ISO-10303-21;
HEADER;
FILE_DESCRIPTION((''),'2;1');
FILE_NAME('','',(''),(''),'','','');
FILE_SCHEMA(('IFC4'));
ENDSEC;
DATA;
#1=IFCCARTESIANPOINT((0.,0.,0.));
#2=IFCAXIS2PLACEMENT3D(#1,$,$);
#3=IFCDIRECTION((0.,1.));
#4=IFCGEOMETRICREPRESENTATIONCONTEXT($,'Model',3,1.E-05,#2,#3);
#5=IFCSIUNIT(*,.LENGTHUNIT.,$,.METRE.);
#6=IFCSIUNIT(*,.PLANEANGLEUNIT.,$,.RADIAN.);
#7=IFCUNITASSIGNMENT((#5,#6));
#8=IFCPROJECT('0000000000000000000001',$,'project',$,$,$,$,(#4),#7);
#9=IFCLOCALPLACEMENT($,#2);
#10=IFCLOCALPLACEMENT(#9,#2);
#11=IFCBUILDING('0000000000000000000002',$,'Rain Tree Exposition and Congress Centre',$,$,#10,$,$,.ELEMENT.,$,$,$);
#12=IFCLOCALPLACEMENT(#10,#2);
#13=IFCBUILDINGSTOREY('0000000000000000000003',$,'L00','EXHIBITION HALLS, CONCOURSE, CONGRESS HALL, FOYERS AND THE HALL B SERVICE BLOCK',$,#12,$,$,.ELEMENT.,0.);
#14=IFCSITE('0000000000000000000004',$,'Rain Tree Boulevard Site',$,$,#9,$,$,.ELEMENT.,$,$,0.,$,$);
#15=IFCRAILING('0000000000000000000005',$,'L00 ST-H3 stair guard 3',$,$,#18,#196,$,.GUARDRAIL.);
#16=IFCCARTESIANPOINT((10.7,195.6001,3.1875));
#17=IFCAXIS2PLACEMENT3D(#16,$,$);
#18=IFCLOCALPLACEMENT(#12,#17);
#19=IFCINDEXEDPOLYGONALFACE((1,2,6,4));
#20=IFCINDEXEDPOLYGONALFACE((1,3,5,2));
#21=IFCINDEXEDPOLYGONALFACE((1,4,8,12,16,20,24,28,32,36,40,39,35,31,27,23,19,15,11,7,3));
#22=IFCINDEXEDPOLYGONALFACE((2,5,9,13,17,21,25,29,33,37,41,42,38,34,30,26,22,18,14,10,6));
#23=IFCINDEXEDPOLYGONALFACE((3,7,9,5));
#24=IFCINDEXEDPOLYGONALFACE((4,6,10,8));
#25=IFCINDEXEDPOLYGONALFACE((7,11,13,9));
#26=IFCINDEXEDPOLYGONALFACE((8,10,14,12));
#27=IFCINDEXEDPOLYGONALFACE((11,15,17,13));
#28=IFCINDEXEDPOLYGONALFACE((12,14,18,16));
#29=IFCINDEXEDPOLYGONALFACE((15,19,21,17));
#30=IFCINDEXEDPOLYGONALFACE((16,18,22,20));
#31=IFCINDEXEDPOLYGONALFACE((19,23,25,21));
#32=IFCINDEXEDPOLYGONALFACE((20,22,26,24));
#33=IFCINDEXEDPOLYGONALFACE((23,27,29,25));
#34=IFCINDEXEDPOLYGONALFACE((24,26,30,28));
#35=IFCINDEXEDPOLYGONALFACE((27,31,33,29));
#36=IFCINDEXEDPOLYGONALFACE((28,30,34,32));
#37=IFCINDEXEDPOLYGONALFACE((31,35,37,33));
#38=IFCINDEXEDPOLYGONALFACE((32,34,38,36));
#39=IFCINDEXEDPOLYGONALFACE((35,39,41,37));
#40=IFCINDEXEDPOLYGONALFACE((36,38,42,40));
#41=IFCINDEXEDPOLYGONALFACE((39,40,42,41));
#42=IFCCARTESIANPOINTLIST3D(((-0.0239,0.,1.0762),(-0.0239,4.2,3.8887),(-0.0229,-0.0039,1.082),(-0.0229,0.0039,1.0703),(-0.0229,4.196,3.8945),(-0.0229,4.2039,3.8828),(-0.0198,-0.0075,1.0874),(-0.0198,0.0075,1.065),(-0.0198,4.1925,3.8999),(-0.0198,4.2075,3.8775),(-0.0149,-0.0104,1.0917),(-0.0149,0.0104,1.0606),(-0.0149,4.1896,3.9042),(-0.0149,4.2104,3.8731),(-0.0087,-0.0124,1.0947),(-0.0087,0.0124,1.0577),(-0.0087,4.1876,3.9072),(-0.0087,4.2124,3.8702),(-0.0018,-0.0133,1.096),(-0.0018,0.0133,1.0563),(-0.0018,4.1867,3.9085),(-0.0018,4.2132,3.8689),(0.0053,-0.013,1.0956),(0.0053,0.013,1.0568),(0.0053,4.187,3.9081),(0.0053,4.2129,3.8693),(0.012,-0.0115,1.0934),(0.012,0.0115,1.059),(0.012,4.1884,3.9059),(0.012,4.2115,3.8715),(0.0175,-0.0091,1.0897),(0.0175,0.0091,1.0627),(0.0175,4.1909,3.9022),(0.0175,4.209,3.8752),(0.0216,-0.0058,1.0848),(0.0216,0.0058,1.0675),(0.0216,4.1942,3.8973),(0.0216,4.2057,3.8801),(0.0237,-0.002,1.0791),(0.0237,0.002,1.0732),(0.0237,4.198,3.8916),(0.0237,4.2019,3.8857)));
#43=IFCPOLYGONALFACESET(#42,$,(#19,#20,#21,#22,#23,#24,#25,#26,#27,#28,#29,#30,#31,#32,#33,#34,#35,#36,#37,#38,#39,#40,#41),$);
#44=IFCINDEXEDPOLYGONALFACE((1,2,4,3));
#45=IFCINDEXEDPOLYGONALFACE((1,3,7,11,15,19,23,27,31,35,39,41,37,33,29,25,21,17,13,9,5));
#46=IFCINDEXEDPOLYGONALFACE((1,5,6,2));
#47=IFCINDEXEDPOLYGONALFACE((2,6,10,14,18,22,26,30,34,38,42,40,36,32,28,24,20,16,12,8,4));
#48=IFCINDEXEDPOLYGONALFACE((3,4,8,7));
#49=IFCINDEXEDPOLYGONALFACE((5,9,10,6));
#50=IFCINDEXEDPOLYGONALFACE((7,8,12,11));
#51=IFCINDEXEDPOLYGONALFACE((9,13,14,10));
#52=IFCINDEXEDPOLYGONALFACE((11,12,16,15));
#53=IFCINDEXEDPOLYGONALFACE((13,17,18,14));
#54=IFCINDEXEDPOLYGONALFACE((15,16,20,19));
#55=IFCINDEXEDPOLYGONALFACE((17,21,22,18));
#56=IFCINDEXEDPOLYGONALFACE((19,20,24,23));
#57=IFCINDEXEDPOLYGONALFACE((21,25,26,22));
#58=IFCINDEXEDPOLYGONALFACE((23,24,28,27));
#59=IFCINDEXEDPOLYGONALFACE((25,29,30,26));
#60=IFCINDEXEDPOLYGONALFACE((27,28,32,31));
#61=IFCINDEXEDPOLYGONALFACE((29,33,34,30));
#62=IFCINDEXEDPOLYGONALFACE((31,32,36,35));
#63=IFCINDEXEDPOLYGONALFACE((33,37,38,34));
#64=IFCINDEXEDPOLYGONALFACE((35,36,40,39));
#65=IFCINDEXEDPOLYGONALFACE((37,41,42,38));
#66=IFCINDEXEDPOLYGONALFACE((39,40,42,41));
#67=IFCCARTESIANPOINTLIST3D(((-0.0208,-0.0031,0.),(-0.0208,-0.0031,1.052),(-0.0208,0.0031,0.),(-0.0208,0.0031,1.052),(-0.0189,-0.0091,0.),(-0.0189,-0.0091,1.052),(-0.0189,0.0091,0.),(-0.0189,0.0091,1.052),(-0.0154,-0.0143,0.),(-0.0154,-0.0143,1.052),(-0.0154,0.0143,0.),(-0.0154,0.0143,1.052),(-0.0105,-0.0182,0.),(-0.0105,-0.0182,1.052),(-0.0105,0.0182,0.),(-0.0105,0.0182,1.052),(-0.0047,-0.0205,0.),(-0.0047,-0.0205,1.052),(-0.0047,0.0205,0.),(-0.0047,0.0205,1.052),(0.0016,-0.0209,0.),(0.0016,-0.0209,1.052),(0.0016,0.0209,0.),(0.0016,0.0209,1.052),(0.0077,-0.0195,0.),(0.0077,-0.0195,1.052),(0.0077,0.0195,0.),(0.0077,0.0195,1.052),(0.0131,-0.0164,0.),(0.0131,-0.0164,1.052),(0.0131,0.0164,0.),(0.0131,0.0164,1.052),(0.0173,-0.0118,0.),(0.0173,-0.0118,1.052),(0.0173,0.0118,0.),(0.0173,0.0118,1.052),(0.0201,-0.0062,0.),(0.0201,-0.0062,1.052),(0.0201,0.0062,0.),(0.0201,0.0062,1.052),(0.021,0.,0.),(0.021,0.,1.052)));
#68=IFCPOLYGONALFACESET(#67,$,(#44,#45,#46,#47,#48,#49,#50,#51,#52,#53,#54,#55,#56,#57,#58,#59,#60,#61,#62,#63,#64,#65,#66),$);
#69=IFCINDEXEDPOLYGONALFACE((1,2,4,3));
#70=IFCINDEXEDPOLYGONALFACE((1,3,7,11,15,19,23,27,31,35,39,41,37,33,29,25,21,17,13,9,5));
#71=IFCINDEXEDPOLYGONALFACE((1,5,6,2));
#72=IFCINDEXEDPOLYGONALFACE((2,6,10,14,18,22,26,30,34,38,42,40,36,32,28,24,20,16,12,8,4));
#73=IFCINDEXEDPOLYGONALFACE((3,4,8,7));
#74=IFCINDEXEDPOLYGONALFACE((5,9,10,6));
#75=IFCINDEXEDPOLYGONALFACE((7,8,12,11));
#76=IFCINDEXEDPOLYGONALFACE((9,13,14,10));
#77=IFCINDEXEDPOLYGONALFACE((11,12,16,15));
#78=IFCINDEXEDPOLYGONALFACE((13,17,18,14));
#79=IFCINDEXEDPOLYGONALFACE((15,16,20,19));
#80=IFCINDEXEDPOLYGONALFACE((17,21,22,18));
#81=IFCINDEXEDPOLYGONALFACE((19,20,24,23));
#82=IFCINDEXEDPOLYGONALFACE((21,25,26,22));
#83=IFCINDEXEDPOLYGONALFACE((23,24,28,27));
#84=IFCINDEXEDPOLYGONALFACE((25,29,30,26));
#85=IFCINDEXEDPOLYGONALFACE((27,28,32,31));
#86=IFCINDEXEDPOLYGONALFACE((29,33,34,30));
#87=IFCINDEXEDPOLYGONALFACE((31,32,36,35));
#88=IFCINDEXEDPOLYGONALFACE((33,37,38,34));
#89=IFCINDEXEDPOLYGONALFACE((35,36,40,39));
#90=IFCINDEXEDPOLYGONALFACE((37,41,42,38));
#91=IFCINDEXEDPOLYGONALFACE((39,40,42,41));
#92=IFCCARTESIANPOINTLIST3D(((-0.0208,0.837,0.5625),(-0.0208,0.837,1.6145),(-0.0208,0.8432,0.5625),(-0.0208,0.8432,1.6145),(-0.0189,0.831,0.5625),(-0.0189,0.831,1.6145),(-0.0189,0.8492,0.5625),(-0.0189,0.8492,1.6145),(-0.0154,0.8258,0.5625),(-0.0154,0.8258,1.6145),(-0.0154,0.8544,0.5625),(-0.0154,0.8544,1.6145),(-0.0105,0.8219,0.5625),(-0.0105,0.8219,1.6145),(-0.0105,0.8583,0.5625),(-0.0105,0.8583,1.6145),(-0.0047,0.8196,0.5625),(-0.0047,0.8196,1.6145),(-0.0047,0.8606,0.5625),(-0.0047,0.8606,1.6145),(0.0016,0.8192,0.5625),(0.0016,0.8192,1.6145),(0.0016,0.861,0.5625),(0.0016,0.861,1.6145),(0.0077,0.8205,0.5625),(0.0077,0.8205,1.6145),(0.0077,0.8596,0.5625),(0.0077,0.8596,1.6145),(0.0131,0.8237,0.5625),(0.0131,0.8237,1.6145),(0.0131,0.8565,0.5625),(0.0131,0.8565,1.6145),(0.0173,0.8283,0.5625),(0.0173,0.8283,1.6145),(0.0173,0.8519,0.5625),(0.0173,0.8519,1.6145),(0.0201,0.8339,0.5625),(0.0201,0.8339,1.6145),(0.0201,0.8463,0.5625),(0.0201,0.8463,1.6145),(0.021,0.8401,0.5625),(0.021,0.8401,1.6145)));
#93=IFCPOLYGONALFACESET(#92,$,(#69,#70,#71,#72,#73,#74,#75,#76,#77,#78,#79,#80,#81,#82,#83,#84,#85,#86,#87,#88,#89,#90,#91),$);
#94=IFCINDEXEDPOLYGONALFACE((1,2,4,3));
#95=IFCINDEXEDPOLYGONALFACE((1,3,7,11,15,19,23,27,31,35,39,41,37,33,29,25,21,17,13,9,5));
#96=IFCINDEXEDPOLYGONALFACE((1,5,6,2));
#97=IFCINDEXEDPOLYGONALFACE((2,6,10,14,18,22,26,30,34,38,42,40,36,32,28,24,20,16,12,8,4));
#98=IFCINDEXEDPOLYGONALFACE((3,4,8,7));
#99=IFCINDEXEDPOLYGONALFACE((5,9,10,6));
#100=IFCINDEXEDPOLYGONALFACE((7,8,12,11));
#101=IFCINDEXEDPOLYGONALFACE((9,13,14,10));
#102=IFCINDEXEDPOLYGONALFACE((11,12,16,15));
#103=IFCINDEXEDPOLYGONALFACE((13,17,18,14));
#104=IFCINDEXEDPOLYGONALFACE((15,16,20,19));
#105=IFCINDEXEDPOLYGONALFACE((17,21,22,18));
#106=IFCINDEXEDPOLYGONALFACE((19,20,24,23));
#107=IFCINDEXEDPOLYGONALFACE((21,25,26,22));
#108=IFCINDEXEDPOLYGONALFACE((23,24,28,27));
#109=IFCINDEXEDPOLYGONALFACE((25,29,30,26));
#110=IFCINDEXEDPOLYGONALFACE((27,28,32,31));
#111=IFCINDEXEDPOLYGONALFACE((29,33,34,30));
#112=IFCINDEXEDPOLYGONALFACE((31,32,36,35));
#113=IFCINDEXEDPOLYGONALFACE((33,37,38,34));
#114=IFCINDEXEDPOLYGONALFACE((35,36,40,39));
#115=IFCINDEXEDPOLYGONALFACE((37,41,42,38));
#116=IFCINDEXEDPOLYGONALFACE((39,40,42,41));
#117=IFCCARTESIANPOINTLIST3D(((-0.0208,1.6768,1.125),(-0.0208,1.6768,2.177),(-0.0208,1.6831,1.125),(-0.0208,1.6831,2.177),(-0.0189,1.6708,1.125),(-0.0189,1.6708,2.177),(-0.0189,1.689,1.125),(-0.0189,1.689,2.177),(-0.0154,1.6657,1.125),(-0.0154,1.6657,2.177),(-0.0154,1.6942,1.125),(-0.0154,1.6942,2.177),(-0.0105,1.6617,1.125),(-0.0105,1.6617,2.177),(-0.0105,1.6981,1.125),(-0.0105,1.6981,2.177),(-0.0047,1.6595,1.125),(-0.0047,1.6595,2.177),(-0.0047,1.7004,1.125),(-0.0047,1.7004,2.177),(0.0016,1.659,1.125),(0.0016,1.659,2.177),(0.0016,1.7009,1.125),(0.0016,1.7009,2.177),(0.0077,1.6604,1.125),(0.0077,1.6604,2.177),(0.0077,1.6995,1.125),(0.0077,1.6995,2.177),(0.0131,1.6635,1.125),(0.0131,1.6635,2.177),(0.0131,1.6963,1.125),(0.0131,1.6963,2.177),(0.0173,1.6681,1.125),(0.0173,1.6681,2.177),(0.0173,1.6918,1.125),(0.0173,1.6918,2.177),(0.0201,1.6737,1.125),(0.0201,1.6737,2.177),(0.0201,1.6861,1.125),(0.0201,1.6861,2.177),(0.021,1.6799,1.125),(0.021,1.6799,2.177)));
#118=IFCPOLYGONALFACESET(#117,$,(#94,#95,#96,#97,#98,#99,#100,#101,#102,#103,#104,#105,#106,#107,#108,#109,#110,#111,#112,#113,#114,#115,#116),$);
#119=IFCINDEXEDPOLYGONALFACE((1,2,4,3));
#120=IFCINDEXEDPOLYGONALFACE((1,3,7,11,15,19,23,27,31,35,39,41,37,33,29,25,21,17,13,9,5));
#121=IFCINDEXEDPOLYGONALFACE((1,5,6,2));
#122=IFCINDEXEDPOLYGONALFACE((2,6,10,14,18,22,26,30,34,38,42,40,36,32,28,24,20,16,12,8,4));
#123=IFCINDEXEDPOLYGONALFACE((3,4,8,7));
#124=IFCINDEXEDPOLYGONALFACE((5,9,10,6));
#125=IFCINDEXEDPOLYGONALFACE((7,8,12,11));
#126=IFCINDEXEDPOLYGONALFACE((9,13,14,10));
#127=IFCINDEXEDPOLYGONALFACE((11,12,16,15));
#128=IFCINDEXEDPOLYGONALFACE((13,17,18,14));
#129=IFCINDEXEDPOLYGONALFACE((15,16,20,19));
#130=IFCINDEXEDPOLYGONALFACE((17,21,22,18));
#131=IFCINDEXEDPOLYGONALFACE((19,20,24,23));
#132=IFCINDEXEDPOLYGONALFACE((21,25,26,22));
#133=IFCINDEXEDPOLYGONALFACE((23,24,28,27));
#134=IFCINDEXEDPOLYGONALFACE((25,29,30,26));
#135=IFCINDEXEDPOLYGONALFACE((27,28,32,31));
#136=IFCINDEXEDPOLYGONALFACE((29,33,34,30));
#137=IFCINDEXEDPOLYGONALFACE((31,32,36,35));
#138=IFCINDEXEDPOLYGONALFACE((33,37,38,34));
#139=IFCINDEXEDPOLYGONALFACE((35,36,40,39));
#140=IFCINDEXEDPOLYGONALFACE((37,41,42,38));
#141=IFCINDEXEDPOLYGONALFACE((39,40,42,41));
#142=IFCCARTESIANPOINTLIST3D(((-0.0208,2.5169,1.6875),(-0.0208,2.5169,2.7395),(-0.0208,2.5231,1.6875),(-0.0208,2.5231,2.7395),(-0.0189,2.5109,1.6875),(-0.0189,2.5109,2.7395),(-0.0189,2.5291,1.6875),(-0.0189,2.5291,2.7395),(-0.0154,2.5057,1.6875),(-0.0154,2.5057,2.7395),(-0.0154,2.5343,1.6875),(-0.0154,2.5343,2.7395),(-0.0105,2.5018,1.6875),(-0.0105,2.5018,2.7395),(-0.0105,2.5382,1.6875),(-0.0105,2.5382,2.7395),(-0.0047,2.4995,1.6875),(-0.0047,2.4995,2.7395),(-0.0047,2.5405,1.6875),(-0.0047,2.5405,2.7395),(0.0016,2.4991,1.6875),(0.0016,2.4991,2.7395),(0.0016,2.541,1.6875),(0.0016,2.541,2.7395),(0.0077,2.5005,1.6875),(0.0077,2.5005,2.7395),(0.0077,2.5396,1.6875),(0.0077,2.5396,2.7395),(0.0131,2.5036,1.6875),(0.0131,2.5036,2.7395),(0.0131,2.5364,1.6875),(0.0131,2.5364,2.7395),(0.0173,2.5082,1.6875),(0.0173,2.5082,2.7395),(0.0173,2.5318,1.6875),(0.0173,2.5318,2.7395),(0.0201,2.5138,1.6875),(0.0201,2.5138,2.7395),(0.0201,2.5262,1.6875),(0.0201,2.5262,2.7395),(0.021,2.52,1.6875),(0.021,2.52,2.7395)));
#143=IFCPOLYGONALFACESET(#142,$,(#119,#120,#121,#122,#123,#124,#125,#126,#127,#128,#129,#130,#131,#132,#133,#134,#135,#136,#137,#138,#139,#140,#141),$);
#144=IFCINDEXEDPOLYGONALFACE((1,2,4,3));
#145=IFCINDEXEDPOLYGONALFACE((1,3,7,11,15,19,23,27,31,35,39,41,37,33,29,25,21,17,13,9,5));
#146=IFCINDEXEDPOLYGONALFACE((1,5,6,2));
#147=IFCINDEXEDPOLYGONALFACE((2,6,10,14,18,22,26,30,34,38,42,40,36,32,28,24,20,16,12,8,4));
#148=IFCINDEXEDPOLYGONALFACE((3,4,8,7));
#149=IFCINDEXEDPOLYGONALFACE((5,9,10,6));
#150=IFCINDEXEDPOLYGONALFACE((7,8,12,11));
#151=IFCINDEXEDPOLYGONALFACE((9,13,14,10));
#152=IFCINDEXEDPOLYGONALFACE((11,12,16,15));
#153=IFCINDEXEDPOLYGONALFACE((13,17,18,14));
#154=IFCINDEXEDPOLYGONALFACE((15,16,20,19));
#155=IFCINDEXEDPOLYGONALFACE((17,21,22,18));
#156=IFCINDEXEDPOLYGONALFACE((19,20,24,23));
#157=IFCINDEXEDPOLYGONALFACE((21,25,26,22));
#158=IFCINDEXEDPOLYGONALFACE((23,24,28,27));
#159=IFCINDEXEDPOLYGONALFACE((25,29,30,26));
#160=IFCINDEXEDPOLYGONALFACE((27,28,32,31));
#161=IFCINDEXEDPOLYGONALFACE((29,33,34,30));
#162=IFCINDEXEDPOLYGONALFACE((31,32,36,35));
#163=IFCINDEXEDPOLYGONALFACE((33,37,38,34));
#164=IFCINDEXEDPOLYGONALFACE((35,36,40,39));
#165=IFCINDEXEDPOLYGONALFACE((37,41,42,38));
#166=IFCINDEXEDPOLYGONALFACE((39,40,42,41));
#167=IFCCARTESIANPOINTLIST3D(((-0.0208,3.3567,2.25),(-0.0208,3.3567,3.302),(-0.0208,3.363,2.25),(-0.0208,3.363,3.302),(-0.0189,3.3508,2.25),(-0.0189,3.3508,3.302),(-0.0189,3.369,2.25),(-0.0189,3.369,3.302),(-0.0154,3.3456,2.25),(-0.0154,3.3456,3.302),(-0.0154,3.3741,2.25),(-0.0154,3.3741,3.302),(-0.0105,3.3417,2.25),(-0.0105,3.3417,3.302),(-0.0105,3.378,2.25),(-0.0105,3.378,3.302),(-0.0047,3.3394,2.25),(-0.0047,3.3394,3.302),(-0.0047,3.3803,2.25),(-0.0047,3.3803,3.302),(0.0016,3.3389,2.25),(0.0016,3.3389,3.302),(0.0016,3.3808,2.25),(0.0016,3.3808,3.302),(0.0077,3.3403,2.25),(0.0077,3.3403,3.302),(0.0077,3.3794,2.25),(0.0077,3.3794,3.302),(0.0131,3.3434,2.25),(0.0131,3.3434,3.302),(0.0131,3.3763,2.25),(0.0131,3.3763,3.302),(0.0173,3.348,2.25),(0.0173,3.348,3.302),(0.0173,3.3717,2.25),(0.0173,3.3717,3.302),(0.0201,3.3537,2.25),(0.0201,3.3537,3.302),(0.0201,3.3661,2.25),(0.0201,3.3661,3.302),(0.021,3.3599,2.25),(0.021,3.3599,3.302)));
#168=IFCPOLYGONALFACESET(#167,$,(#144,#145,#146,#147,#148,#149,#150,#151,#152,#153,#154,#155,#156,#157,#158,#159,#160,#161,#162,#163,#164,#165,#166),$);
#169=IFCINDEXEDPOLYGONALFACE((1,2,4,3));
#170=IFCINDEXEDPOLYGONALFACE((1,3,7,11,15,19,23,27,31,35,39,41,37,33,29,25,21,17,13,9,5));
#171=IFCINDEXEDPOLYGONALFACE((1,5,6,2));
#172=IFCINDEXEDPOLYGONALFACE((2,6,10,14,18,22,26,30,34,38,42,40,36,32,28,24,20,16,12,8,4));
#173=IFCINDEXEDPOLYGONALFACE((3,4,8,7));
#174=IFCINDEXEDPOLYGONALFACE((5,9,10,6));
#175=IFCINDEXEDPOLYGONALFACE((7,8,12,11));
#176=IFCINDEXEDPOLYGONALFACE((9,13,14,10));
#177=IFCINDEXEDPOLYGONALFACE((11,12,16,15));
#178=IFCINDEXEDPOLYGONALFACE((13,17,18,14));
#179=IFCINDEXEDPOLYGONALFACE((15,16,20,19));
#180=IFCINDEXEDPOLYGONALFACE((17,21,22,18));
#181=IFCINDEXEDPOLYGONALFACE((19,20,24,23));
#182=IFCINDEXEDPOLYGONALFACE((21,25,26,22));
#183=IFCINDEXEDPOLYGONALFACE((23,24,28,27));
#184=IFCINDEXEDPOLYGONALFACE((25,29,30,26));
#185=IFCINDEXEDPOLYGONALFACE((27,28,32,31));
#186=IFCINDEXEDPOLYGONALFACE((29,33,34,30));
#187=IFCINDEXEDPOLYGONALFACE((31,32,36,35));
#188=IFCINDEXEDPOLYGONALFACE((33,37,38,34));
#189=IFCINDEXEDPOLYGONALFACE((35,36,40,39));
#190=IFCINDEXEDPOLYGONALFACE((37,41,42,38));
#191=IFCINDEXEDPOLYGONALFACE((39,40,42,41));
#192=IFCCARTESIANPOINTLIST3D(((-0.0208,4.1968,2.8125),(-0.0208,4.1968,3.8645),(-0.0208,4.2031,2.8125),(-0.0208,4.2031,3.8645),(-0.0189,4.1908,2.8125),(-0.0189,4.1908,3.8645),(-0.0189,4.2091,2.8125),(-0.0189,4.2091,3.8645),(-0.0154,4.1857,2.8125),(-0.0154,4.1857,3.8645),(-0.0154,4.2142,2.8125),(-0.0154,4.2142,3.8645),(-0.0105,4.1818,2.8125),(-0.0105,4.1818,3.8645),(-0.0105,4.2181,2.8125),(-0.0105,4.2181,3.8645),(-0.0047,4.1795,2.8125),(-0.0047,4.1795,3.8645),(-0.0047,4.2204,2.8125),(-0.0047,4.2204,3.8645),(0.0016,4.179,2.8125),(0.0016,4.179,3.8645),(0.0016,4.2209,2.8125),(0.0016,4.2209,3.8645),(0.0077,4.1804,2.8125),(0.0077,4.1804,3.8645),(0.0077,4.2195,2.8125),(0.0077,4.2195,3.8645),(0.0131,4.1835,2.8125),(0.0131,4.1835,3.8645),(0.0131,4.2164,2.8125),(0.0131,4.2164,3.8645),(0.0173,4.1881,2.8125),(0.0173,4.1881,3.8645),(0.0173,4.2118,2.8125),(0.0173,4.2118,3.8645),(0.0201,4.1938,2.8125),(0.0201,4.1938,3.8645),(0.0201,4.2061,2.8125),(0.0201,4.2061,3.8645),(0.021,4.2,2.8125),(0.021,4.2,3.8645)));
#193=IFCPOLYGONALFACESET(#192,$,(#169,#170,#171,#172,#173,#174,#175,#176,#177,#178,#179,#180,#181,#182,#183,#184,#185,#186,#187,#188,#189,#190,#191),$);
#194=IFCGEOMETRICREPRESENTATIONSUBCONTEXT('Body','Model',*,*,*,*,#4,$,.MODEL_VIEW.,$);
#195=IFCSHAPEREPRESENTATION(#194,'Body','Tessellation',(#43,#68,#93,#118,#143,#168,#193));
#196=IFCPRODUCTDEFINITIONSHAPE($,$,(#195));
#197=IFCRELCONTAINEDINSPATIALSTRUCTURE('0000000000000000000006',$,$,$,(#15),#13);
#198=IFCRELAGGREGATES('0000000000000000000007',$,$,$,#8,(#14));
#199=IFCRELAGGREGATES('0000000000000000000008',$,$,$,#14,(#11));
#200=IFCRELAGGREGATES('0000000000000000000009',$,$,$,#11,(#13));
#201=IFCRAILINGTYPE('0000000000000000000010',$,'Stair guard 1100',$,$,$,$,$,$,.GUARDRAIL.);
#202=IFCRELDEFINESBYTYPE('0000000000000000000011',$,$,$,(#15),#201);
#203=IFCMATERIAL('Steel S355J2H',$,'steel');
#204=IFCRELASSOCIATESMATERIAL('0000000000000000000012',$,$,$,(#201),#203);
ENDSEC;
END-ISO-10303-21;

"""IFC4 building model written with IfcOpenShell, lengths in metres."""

from ifc_helpers import new_model, si_unit, direction, frame, origin, origin_2d, place, context, subcontext, project, spatial, circle, extrude, material, type_object, element, save


model = new_model("IFC4")

# Units and contexts
model_context = context("Model", 3, precision=1e-05, world=origin(), true_north=direction((0.0, 1.0)))
body_context = subcontext(model_context, "Body", "Model", "MODEL_VIEW")
ifc_project = project(units=[si_unit("LENGTHUNIT", "METRE"), si_unit("PLANEANGLEUNIT", "RADIAN")], contexts=[model_context])

# Site, building, storey
site_placement = place(None, origin())
site = spatial("IfcSite", under=ifc_project, at=site_placement, Name="Rain Tree Boulevard Site", CompositionType="ELEMENT", RefElevation=0.0)
building_placement = place(site_placement, origin())
building = spatial("IfcBuilding", under=site, at=building_placement, Name="Rain Tree Exposition and Congress Centre", CompositionType="ELEMENT")
storey_placement = place(building_placement, origin())
storey = spatial("IfcBuildingStorey", under=building, at=storey_placement, Name="L00", Description="EXHIBITION HALLS, CONCOURSE, CONGRESS HALL, FOYERS AND THE HALL B SERVICE BLOCK", CompositionType="ELEMENT", Elevation=0.0)

# Railing
ifc_material_1 = material(Name="Steel S355J2H", Category="steel")
railing_type_1 = type_object("IfcRailingType", Name="Stair guard 1100", PredefinedType="GUARDRAIL", material=ifc_material_1)
railing_1_placement = place(storey_placement, frame((10.7, 195.6001, 3.1875)))
element("IfcRailing", 1, at=railing_1_placement, inside=storey, type_object=railing_type_1, Name="L00 ST-H3 stair guard 3", PredefinedType="GUARDRAIL", context=body_context, shape_type="SweptSolid", body=[
    extrude(circle(Radius=0.0239, at=origin_2d()), frame((0.0, 0.0, 1.0762), z_axis=(0.0, 0.830904, 0.556416), x_axis=(-1.0, 0.0, 0.0)), (0.0, 0.0, 1.0), 5.0547),
    extrude(circle(Radius=0.021, at=origin_2d()), origin(), (0.0, 0.0, 1.0), 1.052),
    extrude(circle(Radius=0.021, at=origin_2d()), frame((0.0, 0.8401, 0.5625)), (0.0, 0.0, 1.0), 1.052),
    extrude(circle(Radius=0.021, at=origin_2d()), frame((0.0, 1.6799, 1.125)), (0.0, 0.0, 1.0), 1.052),
    extrude(circle(Radius=0.021, at=origin_2d()), frame((0.0, 2.52, 1.6875)), (0.0, 0.0, 1.0), 1.052),
    extrude(circle(Radius=0.021, at=origin_2d()), frame((0.0, 3.3599, 2.25)), (0.0, 0.0, 1.0), 1.052),
    extrude(circle(Radius=0.021, at=origin_2d()), frame((0.0, 4.2, 2.8125)), (0.0, 0.0, 1.0), 1.052),
])

save(model, "model.ifc")
